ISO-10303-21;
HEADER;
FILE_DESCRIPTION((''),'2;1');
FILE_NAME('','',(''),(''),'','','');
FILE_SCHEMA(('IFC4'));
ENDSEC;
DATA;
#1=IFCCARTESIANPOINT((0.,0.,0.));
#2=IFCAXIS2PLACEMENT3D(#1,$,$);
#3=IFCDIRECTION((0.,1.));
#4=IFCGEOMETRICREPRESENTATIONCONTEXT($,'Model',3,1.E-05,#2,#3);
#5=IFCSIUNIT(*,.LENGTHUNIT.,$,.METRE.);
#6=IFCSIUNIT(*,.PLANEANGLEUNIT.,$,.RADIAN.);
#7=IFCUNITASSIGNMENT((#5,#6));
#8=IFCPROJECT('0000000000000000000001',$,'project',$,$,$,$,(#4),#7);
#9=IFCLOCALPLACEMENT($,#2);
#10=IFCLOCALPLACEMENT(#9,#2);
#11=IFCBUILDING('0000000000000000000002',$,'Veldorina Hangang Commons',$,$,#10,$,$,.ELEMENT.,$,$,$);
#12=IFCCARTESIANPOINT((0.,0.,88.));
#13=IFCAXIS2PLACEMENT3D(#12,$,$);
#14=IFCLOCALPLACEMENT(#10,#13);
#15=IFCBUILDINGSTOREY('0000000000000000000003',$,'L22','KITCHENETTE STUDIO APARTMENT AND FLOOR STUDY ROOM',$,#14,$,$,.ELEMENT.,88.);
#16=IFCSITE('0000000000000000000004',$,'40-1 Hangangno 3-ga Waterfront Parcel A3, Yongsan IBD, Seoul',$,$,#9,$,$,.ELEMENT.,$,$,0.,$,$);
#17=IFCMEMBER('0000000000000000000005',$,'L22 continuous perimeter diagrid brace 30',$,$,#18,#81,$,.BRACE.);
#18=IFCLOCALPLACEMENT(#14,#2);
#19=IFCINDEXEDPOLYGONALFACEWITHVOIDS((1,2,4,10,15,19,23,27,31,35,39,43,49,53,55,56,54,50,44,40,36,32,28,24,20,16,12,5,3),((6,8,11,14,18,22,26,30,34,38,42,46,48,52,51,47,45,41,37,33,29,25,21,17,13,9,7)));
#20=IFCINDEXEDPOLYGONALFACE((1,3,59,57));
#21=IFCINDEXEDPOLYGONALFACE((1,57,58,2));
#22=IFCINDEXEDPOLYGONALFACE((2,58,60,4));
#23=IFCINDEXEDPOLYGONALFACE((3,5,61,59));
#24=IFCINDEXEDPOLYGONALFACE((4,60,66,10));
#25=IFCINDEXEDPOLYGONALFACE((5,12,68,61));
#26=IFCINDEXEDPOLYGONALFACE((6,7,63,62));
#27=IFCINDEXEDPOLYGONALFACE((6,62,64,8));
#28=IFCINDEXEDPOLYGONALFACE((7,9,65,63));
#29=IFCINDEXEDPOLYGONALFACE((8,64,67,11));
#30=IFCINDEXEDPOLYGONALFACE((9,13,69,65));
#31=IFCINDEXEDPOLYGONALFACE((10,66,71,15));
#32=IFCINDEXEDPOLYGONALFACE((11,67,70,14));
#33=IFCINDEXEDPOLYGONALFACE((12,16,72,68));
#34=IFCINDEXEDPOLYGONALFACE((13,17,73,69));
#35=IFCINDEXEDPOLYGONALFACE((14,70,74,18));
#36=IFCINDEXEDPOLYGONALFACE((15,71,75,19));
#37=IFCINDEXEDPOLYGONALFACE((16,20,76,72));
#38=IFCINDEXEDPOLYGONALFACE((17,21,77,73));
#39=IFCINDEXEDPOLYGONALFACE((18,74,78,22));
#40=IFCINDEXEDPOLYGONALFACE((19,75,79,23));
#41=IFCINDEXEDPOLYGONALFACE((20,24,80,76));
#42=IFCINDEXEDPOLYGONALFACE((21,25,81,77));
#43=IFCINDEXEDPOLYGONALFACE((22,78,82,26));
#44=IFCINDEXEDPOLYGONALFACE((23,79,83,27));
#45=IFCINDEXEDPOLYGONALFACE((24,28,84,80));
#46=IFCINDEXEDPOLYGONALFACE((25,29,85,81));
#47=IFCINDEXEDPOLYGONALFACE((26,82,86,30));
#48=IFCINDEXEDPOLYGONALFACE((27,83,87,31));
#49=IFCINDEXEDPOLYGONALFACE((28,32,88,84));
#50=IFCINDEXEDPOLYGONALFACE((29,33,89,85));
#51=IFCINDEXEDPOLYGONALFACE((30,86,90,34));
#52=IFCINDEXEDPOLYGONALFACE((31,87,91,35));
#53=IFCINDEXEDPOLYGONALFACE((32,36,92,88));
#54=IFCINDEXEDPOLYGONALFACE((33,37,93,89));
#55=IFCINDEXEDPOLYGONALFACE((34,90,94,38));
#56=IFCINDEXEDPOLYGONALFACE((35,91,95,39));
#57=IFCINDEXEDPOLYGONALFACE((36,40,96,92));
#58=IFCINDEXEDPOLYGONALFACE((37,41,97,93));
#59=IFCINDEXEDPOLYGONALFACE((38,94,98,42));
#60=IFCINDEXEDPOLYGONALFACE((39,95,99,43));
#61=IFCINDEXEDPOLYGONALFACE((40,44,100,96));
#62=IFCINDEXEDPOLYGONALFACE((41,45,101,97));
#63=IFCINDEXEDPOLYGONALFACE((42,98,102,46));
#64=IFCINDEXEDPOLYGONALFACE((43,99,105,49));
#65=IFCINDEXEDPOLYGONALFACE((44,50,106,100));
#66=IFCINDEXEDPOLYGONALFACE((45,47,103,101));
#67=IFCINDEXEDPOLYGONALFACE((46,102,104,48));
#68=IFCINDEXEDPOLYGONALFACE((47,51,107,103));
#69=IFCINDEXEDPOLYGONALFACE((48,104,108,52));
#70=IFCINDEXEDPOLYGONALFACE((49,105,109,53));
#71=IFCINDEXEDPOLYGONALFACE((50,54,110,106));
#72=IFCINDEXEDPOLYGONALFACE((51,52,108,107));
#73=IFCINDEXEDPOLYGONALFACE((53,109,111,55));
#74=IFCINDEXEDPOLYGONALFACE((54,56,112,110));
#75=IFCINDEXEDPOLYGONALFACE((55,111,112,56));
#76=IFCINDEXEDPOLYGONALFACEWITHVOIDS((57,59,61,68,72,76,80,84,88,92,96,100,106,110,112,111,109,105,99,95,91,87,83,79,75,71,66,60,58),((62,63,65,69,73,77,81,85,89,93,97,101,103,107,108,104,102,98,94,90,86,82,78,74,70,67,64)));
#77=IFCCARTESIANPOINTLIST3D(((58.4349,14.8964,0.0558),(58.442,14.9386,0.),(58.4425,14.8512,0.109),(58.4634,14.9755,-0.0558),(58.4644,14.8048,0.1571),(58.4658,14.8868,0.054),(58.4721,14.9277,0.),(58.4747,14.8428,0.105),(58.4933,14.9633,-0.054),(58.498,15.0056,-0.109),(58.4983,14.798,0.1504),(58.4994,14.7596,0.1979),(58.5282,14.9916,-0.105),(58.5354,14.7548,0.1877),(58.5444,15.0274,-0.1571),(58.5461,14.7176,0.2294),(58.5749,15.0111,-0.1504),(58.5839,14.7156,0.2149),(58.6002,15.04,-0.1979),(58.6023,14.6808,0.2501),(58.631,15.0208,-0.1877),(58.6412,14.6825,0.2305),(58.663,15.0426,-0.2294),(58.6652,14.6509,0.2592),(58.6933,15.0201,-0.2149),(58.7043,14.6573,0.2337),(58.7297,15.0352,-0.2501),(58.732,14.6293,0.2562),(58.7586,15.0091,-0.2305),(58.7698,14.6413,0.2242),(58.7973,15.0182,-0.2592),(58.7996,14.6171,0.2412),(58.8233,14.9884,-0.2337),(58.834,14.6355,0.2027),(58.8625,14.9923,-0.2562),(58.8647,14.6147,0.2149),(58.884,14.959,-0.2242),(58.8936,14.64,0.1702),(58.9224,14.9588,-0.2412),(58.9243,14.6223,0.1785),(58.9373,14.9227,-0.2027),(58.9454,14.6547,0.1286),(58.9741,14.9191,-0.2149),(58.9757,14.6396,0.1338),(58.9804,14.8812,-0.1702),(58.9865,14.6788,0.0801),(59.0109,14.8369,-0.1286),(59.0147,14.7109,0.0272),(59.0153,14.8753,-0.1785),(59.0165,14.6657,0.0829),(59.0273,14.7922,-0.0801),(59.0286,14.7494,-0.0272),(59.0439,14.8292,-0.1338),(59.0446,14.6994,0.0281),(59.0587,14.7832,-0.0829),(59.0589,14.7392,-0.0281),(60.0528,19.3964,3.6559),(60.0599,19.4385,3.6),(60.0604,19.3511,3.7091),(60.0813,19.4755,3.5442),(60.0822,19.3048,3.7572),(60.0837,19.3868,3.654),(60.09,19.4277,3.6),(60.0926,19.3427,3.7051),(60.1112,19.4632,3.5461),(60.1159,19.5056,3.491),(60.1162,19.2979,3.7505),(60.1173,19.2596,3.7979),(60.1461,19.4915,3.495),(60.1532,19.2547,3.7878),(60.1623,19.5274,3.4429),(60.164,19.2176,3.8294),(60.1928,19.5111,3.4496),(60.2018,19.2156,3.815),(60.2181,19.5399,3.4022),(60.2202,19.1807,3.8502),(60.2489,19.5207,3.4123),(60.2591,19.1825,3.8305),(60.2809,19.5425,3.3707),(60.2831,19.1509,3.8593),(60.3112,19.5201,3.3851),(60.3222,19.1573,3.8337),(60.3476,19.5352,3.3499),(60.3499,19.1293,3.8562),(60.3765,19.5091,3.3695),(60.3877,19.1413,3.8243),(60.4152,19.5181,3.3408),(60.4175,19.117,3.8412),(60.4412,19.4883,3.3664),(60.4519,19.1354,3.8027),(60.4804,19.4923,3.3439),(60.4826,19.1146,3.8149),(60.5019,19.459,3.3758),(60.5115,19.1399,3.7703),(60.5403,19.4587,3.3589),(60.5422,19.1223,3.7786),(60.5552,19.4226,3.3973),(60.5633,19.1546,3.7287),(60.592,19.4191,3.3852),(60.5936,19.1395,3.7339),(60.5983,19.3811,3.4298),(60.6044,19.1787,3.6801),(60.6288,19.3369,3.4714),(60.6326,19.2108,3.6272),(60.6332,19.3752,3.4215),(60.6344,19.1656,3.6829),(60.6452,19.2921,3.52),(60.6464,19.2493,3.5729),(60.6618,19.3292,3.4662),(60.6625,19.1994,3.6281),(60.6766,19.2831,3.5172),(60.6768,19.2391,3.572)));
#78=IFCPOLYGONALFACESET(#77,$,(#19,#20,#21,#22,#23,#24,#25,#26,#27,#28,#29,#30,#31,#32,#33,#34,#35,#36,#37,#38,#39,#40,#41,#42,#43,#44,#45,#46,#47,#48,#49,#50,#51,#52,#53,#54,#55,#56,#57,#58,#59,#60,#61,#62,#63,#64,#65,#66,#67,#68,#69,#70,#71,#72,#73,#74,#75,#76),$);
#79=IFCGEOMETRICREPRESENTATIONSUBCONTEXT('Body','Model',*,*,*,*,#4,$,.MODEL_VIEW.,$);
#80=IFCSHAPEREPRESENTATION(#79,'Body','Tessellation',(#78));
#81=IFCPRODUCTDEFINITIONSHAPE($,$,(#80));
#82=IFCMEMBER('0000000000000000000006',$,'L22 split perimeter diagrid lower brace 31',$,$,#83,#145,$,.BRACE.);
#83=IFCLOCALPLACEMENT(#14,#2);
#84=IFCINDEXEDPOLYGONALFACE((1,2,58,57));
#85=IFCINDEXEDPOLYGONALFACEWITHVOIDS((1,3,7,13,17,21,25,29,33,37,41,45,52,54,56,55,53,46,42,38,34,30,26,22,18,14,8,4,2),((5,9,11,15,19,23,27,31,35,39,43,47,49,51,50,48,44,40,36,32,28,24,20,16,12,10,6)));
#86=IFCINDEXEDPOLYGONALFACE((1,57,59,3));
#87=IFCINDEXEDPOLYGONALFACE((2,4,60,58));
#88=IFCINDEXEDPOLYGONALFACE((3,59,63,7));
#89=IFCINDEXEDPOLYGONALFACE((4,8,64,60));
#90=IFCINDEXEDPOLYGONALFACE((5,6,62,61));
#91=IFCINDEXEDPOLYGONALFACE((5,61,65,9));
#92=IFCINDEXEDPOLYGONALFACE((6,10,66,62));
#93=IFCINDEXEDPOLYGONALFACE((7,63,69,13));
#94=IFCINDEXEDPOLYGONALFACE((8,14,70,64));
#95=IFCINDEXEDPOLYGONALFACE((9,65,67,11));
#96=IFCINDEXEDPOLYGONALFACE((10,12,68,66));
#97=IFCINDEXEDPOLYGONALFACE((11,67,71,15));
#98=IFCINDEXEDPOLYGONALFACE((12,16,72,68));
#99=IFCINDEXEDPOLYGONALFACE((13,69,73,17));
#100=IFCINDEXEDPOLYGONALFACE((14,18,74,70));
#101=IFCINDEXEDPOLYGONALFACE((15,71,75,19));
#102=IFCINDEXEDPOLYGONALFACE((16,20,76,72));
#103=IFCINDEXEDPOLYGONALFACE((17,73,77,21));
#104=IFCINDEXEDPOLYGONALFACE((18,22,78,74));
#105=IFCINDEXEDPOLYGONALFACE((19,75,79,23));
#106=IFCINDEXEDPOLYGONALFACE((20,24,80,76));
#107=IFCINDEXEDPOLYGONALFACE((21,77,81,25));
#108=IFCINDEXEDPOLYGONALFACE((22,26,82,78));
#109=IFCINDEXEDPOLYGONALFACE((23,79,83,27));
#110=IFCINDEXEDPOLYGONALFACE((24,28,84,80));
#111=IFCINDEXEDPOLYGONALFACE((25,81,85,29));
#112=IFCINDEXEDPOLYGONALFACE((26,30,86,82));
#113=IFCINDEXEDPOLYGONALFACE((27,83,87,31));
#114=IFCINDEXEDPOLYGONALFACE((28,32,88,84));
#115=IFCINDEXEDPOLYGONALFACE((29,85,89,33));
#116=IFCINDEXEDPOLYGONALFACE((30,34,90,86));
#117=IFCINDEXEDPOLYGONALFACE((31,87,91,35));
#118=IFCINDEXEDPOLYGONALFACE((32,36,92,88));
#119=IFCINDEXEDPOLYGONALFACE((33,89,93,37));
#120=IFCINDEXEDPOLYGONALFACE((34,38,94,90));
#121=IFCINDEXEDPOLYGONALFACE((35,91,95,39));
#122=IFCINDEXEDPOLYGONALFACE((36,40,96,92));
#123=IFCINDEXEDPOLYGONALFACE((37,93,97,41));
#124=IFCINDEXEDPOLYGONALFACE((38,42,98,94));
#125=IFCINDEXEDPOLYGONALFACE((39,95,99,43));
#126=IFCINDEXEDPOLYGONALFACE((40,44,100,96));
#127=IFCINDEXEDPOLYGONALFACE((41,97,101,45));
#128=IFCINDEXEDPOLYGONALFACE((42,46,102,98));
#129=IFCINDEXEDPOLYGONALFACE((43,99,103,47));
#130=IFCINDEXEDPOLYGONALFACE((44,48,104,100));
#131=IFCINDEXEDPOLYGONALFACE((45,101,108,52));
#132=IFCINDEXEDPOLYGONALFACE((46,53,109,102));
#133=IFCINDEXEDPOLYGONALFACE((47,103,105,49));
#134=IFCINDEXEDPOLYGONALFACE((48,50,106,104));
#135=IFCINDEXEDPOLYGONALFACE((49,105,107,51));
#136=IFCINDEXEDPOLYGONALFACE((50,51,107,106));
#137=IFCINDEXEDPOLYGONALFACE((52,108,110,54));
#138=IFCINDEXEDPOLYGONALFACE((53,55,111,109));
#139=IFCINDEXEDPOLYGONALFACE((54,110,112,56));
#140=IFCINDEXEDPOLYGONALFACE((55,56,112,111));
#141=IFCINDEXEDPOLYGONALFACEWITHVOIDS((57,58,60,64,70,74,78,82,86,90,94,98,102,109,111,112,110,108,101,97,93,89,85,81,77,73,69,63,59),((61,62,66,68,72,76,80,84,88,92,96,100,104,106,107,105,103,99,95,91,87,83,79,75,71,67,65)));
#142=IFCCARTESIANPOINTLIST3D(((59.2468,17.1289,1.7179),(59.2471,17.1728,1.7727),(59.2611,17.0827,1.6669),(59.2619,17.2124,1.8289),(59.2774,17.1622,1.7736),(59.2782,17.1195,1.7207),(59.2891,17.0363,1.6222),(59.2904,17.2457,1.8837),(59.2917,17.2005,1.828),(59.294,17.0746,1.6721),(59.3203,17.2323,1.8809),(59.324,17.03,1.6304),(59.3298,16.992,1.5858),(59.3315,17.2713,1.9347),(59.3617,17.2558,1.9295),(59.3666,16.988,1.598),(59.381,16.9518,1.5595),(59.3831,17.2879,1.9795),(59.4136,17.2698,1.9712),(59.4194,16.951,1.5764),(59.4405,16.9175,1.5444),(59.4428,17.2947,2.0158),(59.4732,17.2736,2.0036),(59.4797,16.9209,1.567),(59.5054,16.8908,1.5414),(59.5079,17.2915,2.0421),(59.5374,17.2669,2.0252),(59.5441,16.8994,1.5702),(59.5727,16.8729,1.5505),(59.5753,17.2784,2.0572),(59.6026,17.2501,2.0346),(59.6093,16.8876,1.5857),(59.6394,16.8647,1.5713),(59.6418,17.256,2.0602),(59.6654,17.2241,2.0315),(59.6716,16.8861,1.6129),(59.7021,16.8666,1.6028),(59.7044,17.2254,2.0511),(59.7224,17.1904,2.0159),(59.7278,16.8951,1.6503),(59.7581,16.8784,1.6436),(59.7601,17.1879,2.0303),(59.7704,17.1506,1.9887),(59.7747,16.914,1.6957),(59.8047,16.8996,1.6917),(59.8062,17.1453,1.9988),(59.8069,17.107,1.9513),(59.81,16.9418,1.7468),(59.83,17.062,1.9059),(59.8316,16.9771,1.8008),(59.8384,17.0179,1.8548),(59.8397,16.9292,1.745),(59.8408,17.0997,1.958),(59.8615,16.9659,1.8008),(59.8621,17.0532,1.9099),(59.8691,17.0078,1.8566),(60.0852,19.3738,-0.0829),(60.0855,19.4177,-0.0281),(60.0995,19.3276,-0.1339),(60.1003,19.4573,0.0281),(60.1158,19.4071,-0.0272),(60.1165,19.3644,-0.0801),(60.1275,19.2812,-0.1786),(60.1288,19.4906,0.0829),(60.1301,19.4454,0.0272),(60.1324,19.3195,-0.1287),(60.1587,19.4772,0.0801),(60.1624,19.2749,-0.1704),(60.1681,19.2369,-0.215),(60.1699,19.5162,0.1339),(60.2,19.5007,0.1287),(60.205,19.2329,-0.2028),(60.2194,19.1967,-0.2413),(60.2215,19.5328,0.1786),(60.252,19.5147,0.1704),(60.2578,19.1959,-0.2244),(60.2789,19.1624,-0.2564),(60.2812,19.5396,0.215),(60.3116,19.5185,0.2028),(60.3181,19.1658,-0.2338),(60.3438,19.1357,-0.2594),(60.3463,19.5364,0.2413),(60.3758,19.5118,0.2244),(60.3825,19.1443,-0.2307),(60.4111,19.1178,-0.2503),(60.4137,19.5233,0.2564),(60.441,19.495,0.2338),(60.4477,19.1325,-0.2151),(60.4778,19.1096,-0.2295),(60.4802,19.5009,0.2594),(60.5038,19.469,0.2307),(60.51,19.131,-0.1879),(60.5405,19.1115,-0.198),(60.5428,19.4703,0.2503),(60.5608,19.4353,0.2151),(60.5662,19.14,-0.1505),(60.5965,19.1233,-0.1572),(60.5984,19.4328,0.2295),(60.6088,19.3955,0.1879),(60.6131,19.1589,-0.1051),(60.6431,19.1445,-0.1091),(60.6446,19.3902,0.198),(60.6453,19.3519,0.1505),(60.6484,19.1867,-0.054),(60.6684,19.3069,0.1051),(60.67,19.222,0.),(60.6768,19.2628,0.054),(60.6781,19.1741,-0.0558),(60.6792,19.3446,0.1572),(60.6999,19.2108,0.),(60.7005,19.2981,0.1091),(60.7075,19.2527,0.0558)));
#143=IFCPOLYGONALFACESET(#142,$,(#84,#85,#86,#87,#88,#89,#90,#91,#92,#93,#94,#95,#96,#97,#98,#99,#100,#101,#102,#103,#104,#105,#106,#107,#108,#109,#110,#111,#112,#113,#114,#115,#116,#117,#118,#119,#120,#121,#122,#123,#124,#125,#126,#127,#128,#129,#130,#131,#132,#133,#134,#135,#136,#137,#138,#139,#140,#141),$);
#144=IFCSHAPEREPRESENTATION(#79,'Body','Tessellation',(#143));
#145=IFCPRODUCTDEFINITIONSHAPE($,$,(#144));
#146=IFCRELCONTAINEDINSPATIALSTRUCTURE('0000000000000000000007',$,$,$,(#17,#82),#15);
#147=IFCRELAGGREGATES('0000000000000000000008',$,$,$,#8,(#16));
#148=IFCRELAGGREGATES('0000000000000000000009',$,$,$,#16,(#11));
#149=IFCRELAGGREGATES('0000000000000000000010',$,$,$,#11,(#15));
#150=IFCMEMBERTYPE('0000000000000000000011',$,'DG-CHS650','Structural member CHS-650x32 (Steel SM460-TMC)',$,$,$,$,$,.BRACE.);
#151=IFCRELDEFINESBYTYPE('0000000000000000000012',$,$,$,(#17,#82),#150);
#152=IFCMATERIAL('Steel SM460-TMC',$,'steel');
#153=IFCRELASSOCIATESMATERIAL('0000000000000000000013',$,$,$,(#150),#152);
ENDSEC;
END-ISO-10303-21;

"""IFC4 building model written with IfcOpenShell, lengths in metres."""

from ifc_helpers import new_model, si_unit, direction, frame, origin, origin_2d, place, context, subcontext, project, spatial, hollow_circle, extrude, material, material_profile, profile_set, type_object, element, save


model = new_model("IFC4")

# Units and contexts
model_context = context("Model", 3, precision=1e-05, world=origin(), true_north=direction((0.0, 1.0)))
body_context = subcontext(model_context, "Body", "Model", "MODEL_VIEW")
ifc_project = project(units=[si_unit("LENGTHUNIT", "METRE"), si_unit("PLANEANGLEUNIT", "RADIAN")], contexts=[model_context])

# Site, building, storey
site_placement = place(None, origin())
site = spatial("IfcSite", under=ifc_project, at=site_placement, Name="40-1 Hangangno 3-ga Waterfront Parcel A3, Yongsan IBD, Seoul", CompositionType="ELEMENT", RefElevation=0.0)
building_placement = place(site_placement, origin())
building = spatial("IfcBuilding", under=site, at=building_placement, Name="Veldorina Hangang Commons", CompositionType="ELEMENT")
storey_placement = place(building_placement, frame((0.0, 0.0, 88.0)))
storey = spatial("IfcBuildingStorey", under=building, at=storey_placement, Name="L22", Description="KITCHENETTE STUDIO APARTMENT AND FLOOR STUDY ROOM", CompositionType="ELEMENT", Elevation=88.0)

# Members
ifc_material_1 = material(Name="Steel SM460-TMC", Category="steel")
ifc_material_profile_1 = material_profile(ifc_material_1, hollow_circle(Radius=0.325, WallThickness=0.032, at=origin_2d()), Name="CHS-650x32")
ifc_profile_set_1 = profile_set([ifc_material_profile_1], Name="Steel SM460-TMC")
member_type = type_object("IfcMemberType", Name="DG-CHS650", Description="Structural member CHS-650x32 (Steel SM460-TMC)", PredefinedType="BRACE", material=ifc_profile_set_1)
member_1_placement = place(storey_placement, frame((58.7478, 14.8286, 0.0), z_axis=(0.270298, 0.751794, 0.601452), x_axis=(-0.941026, 0.338334, 0.0)))
element("IfcMember", 1, at=member_1_placement, inside=storey, type_object=member_type, Name="L22 continuous perimeter diagrid brace 30", PredefinedType="BRACE", context=body_context, shape_type="SweptSolid", body=[
    extrude(hollow_circle(Radius=0.325, WallThickness=0.032, at=origin_2d()), origin(), (0.0, 0.0, 1.0), 5.9856),
])
member_2_placement = place(storey_placement, frame((60.3955, 19.3245, 0.0), z_axis=(-0.279691, -0.748909, 0.600756), x_axis=(0.936801, -0.349861, 0.0)))
element("IfcMember", 2, at=member_2_placement, inside=storey, type_object=member_type, Name="L22 split perimeter diagrid lower brace 31", PredefinedType="BRACE", context=body_context, shape_type="SweptSolid", body=[
    extrude(hollow_circle(Radius=0.325, WallThickness=0.032, at=origin_2d()), origin(), (0.0, 0.0, 1.0), 2.9976),
])

save(model, "model.ifc")
